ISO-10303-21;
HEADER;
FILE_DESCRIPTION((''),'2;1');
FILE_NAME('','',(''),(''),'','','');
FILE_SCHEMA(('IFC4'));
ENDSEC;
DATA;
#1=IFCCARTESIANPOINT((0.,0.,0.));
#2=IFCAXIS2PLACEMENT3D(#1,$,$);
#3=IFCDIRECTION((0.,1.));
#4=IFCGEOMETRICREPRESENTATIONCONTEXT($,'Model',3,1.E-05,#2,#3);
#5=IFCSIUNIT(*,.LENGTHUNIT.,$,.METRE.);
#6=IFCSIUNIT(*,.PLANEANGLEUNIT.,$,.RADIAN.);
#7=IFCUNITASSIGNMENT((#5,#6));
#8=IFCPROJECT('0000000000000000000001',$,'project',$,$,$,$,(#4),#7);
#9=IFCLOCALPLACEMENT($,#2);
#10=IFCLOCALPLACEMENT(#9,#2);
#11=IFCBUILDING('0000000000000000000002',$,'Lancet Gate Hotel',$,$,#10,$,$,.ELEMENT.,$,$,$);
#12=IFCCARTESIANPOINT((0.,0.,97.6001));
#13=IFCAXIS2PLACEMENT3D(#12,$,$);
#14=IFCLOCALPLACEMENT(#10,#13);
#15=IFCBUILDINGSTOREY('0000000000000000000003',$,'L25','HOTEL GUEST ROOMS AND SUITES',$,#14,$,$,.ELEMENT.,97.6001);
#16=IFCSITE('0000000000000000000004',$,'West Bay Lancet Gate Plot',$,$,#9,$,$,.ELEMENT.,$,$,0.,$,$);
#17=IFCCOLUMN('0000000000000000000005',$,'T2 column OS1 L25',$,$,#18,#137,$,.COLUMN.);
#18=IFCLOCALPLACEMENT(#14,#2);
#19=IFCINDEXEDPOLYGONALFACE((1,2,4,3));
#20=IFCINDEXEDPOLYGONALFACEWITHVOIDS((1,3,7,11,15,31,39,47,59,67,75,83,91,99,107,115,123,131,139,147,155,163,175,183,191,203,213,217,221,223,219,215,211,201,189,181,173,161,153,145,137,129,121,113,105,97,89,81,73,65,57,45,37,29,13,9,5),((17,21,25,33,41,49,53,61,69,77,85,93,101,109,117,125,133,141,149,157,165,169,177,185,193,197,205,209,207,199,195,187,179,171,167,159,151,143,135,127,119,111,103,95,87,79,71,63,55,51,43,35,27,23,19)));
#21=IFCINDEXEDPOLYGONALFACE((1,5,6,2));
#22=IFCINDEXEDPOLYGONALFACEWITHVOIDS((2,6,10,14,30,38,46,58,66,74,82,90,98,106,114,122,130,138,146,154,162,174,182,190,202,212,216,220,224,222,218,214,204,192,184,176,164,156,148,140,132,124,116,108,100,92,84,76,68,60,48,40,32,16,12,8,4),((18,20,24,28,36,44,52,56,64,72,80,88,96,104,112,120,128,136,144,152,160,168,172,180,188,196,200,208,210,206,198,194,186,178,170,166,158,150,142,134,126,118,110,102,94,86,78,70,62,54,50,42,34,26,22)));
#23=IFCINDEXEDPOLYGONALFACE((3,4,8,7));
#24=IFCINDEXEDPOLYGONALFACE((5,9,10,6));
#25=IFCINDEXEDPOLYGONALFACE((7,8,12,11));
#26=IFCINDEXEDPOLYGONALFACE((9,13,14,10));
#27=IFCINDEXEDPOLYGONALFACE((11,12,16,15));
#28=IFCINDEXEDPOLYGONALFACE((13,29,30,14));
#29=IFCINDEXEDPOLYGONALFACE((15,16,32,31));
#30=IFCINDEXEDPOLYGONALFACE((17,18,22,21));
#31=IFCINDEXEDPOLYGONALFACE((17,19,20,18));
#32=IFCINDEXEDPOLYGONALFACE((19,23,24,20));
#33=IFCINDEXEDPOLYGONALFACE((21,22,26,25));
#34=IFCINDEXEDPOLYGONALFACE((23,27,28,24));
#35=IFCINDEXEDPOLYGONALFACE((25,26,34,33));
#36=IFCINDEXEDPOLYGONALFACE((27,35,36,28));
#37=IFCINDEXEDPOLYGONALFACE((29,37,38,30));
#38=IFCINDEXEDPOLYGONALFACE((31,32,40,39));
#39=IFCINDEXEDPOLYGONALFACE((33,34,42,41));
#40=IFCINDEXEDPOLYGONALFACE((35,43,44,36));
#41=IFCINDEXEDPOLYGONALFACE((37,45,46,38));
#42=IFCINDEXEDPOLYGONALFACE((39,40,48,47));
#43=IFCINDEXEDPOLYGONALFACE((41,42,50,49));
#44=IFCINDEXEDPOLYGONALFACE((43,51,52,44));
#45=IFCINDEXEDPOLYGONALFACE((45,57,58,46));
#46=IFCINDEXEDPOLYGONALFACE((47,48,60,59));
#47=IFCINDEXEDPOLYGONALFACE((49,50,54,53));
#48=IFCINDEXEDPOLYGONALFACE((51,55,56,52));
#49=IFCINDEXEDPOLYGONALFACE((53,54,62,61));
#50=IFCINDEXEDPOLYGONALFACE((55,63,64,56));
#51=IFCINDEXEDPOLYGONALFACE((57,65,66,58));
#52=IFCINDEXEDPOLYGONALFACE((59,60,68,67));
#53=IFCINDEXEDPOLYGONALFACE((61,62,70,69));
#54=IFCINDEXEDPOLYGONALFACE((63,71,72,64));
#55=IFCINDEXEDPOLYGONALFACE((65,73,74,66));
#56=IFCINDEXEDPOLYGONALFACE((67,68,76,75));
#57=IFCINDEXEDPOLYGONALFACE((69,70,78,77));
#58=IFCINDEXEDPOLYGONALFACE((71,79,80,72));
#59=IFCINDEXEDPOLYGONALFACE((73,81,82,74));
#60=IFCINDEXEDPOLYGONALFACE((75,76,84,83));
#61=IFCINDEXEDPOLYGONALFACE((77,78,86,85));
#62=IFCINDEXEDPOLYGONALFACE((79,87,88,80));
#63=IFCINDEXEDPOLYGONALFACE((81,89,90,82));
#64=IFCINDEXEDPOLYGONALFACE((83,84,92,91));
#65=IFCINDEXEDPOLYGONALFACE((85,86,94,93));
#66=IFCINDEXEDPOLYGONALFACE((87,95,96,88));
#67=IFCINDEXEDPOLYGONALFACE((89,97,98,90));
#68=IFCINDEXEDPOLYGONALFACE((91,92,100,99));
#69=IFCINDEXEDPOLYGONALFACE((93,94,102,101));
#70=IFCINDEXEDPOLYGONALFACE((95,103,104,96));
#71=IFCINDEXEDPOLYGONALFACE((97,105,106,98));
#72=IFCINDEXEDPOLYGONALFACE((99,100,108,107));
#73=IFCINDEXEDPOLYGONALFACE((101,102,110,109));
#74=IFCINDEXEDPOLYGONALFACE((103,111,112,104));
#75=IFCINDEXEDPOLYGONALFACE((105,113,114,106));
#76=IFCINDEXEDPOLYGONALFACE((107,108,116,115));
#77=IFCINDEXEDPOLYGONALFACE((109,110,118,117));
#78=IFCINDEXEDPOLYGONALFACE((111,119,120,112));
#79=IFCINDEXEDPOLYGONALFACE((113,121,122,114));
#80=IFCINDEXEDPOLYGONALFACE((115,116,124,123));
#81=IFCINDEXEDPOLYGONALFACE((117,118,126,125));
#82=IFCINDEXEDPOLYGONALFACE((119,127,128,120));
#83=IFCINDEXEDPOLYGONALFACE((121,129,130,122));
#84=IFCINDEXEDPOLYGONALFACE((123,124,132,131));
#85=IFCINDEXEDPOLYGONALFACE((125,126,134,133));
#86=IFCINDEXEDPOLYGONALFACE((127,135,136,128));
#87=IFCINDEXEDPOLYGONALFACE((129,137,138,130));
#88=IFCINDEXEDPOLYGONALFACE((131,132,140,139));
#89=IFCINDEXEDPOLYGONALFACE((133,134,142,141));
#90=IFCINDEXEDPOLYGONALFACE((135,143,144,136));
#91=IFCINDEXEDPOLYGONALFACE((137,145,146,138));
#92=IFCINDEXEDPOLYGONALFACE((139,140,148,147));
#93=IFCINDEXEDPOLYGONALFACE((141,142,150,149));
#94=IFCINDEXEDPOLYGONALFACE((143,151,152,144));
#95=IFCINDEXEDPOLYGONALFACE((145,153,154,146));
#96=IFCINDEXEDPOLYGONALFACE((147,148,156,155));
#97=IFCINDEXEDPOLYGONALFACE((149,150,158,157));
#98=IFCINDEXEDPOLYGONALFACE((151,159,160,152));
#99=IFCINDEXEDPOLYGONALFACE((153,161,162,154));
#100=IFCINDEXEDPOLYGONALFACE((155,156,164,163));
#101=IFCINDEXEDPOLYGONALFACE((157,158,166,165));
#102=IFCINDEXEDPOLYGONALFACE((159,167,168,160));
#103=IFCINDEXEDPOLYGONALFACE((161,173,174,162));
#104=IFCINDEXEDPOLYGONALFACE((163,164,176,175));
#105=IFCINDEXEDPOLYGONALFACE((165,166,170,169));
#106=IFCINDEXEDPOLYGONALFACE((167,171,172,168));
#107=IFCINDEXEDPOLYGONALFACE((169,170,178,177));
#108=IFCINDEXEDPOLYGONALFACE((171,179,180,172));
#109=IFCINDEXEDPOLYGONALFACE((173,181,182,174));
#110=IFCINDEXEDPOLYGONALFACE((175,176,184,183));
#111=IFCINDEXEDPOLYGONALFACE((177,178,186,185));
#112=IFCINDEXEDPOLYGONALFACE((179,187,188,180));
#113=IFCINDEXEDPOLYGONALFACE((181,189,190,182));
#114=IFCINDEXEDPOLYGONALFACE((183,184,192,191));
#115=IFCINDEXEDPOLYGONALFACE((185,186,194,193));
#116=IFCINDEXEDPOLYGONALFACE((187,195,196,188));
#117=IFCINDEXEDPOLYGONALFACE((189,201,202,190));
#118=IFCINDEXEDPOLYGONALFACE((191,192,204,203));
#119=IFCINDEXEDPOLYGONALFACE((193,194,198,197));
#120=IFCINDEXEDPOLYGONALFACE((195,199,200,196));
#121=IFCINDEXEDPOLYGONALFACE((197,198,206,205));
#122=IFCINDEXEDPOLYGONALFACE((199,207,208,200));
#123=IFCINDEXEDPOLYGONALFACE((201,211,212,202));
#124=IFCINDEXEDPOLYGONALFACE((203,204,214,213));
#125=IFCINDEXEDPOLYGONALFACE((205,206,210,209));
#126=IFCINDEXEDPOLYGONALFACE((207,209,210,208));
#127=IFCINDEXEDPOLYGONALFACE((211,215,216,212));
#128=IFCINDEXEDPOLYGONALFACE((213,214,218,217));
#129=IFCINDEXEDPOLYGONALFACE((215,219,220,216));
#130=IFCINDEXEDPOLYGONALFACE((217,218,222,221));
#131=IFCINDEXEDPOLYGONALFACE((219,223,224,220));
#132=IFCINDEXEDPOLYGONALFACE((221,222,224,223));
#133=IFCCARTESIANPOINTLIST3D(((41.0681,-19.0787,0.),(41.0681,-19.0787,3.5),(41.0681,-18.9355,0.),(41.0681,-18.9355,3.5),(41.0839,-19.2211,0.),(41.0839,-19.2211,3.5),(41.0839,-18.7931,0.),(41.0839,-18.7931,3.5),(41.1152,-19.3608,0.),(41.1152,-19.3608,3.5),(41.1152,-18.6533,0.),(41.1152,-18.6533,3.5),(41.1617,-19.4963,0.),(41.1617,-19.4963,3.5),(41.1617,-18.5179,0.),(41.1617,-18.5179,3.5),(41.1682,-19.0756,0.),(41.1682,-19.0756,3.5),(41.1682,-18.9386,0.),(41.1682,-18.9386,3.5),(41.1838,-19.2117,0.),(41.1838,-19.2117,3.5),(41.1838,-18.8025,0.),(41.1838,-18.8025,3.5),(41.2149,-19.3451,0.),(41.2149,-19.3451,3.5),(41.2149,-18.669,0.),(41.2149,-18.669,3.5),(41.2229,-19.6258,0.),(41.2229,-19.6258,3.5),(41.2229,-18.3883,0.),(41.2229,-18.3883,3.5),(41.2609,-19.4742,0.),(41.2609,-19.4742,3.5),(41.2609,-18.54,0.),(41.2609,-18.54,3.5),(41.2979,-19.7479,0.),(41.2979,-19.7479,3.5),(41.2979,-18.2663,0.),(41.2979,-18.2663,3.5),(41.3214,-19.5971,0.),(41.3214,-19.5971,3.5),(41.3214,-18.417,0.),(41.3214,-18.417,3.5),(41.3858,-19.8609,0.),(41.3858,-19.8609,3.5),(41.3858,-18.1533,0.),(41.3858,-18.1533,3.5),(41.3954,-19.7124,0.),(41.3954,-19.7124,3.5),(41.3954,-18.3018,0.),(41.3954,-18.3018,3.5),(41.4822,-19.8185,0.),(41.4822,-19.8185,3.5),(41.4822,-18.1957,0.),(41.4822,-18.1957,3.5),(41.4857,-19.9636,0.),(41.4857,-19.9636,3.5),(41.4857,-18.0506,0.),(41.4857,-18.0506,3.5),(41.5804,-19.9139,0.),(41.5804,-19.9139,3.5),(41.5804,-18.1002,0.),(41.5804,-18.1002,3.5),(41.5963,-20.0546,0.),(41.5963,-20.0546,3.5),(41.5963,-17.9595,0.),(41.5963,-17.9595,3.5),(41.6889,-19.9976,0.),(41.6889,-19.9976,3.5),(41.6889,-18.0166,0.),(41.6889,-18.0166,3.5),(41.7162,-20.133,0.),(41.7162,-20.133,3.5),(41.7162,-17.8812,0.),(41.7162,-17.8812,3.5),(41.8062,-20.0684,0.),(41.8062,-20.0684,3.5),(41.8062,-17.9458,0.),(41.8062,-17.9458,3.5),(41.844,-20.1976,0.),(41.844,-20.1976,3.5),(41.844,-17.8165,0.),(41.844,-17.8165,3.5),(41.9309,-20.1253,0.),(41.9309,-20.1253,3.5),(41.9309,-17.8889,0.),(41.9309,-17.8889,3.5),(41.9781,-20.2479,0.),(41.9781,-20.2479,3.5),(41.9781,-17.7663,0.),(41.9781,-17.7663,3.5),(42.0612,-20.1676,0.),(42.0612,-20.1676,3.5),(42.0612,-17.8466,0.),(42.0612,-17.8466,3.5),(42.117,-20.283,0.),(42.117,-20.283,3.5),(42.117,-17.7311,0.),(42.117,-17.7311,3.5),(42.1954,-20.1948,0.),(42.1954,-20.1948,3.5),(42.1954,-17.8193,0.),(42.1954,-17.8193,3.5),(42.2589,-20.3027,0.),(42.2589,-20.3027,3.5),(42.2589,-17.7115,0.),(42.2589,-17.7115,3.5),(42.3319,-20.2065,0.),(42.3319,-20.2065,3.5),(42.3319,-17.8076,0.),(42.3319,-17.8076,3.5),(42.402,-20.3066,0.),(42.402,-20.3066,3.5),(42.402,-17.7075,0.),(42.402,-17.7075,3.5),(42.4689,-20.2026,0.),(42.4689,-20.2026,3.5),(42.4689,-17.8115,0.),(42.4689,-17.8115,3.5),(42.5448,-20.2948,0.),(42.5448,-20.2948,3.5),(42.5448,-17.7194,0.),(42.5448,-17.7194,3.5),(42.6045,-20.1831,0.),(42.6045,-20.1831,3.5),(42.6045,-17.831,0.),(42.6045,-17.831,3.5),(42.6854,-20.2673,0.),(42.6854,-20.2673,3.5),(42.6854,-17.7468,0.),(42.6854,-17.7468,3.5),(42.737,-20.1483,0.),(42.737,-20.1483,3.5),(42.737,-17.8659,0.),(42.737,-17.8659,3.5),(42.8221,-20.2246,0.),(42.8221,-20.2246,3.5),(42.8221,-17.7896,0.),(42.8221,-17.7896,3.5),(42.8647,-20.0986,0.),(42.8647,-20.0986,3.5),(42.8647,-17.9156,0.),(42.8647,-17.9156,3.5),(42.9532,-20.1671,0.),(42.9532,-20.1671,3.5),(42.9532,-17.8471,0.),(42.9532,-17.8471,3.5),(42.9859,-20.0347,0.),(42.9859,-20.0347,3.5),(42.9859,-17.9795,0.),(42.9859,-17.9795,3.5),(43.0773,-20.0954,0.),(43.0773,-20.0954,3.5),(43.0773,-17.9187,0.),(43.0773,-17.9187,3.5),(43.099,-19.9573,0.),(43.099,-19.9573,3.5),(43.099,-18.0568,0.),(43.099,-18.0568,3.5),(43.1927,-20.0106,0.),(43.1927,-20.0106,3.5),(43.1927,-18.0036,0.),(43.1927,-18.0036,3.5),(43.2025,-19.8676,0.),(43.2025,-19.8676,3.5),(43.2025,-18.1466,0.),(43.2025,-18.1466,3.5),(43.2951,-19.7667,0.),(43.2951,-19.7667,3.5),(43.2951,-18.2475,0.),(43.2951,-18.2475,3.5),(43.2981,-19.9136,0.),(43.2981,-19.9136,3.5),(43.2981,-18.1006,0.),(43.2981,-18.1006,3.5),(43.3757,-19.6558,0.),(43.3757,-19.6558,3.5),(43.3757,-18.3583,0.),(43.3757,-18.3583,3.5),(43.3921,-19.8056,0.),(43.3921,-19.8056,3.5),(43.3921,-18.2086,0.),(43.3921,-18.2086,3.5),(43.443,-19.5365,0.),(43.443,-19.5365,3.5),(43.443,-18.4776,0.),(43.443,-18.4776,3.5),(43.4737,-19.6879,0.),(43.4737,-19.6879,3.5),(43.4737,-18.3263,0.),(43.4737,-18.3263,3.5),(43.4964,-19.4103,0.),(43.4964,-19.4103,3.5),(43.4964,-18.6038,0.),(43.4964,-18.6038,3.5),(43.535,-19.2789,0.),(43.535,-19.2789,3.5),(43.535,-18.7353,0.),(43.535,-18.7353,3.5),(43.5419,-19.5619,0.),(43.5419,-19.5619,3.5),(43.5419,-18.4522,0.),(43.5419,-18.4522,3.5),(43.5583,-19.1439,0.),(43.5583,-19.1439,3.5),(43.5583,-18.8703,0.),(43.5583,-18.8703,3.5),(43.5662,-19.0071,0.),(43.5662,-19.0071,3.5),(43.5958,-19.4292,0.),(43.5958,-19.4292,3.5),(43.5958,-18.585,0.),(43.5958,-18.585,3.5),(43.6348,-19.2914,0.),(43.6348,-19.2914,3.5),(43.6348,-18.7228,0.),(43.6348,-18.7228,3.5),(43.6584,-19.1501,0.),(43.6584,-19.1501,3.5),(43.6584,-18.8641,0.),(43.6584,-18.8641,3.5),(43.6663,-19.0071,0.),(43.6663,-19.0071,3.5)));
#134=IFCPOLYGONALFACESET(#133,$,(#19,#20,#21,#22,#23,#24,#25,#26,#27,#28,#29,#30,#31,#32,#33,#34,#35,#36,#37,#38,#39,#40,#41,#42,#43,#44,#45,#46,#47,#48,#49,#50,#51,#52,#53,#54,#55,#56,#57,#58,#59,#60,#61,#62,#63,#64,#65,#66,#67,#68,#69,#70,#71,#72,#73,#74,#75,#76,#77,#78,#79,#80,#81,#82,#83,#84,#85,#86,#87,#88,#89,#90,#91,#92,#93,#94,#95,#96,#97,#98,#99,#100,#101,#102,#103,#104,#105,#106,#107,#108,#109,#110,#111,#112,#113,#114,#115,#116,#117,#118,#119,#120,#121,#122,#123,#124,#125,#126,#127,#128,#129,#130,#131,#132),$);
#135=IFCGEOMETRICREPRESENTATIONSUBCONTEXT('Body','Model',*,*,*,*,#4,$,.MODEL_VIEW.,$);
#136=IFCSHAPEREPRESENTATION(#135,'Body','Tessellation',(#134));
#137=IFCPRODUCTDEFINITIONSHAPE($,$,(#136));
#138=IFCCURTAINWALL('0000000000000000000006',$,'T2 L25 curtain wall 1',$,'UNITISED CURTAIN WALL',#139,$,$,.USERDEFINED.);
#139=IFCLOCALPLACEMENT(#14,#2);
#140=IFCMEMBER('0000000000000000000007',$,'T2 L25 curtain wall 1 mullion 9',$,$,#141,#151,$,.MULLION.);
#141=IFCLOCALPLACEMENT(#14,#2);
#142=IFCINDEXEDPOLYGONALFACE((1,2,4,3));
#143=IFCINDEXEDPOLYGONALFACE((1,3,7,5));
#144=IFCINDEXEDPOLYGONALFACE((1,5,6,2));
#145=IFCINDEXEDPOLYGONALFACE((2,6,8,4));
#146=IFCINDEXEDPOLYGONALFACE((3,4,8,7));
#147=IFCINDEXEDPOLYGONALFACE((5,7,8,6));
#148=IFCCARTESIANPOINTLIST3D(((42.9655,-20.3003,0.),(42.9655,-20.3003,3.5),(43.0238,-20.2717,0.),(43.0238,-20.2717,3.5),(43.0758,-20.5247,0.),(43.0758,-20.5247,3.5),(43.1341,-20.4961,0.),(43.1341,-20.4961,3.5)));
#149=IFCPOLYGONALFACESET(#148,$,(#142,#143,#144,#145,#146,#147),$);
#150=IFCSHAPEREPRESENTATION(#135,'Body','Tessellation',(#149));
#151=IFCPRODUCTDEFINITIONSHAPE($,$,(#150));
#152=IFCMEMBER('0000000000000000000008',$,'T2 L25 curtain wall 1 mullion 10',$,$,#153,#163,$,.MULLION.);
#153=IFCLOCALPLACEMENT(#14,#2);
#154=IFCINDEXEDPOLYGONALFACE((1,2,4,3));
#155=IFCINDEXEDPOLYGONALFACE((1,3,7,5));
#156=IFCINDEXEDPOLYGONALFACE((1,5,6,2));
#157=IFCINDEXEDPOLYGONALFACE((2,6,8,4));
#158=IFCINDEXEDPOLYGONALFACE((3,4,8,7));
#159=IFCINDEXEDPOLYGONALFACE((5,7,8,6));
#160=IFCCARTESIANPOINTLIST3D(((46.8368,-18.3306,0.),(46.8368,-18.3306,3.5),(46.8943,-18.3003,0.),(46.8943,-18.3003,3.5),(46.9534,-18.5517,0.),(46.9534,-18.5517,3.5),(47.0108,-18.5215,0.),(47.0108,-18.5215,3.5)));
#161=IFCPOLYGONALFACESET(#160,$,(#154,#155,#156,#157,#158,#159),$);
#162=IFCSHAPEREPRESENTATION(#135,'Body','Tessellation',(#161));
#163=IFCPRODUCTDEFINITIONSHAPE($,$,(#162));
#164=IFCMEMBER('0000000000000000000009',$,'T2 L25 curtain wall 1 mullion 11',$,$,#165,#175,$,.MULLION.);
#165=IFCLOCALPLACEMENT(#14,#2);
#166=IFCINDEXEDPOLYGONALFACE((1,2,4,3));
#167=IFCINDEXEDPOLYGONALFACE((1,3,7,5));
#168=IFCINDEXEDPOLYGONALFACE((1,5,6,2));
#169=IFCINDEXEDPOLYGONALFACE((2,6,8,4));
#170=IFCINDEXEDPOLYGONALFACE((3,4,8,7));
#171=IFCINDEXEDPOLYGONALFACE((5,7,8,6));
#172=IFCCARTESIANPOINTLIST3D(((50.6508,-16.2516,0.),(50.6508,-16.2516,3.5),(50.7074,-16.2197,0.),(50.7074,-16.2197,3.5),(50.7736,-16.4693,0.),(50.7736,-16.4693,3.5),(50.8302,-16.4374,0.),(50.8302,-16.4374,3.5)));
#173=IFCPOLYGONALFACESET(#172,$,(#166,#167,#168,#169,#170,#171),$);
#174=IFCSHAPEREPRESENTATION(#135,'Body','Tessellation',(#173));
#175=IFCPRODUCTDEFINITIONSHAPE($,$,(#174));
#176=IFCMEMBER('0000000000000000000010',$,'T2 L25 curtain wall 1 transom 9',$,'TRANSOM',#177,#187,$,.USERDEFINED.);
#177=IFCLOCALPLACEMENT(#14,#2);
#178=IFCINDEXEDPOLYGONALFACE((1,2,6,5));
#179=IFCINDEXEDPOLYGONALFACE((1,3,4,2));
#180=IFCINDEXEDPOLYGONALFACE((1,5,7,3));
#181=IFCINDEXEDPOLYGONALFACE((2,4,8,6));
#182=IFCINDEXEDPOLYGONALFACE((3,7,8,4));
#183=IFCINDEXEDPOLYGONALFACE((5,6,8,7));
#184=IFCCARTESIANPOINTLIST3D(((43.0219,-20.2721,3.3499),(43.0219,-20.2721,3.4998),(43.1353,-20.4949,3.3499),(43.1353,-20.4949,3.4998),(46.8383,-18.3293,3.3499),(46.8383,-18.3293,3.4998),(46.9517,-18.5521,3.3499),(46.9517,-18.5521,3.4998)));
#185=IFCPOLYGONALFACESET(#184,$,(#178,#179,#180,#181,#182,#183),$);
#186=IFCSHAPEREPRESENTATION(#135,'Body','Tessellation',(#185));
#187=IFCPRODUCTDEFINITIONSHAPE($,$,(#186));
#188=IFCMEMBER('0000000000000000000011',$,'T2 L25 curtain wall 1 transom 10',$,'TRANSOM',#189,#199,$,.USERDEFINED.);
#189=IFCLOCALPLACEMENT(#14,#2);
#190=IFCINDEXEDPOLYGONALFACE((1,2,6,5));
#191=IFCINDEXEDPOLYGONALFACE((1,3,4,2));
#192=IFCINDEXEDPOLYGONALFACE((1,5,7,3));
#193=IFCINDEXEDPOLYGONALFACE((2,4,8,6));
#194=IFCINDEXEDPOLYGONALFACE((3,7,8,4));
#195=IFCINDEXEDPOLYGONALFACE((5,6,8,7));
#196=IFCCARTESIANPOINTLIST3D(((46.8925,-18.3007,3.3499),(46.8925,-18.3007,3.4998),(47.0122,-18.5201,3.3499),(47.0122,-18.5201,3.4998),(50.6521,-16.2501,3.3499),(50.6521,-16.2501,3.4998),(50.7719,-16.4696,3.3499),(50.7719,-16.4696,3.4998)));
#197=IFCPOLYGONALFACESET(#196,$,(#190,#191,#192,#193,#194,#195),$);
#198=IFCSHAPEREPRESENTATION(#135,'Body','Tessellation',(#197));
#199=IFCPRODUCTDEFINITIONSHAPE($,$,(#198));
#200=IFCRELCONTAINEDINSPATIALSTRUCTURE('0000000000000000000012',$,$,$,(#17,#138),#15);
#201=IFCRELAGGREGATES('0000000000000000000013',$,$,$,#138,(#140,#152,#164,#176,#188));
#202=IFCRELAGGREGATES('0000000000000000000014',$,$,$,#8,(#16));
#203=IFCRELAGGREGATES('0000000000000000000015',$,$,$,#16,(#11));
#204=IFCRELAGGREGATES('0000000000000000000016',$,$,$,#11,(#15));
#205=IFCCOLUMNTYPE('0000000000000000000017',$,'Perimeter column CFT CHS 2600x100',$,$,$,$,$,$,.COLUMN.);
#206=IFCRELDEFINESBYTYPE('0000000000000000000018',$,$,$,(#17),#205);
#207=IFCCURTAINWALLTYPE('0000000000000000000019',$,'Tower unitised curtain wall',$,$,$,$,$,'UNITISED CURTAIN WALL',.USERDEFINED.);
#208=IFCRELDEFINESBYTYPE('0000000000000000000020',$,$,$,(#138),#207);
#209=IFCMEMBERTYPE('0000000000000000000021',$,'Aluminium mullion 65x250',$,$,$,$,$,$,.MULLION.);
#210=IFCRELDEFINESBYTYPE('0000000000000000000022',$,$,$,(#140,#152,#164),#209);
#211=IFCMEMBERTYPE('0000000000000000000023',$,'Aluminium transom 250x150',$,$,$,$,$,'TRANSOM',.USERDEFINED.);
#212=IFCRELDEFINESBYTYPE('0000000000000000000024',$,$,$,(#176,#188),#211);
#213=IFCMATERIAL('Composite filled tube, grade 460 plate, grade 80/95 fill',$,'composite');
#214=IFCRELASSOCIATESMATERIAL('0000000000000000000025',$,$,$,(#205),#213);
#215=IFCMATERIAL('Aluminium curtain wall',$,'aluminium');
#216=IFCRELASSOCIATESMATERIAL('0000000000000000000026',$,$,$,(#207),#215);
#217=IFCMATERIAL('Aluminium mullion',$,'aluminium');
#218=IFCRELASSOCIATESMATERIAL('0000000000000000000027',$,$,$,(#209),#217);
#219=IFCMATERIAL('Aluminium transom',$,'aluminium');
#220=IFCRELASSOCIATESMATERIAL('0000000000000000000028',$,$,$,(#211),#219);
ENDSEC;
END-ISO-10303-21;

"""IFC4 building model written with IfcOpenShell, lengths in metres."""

from ifc_helpers import new_model, si_unit, direction, frame, origin, origin_2d, place, context, subcontext, project, spatial, rectangle, hollow_circle, extrude, material, material_profile, profile_set, type_object, element, aggregate, save


model = new_model("IFC4")

# Units and contexts
model_context = context("Model", 3, precision=1e-05, world=origin(), true_north=direction((0.0, 1.0)))
body_context = subcontext(model_context, "Body", "Model", "MODEL_VIEW")
ifc_project = project(units=[si_unit("LENGTHUNIT", "METRE"), si_unit("PLANEANGLEUNIT", "RADIAN")], contexts=[model_context])

# Site, building, storey
site_placement = place(None, origin())
site = spatial("IfcSite", under=ifc_project, at=site_placement, Name="West Bay Lancet Gate Plot", CompositionType="ELEMENT", RefElevation=0.0)
building_placement = place(site_placement, origin())
building = spatial("IfcBuilding", under=site, at=building_placement, Name="Lancet Gate Hotel", CompositionType="ELEMENT")
storey_placement = place(building_placement, frame((0.0, 0.0, 97.6001)))
storey = spatial("IfcBuildingStorey", under=building, at=storey_placement, Name="L25", Description="HOTEL GUEST ROOMS AND SUITES", CompositionType="ELEMENT", Elevation=97.6001)

# Column
ifc_material_1 = material(Name="Composite filled tube, grade 460 plate, grade 80/95 fill", Category="composite")
ifc_material_profile_1 = material_profile(ifc_material_1, hollow_circle(Radius=1.3, WallThickness=0.1001, at=origin_2d()), Name="CHS 2600x100")
ifc_profile_set_1 = profile_set([ifc_material_profile_1], Name="Composite filled tube, grade 460 plate, grade 80/95 fill")
column_type = type_object("IfcColumnType", Name="Perimeter column CFT CHS 2600x100", PredefinedType="COLUMN", material=ifc_profile_set_1)
column_placement = place(storey_placement, frame((42.3662, -19.0071, 0.0), z_axis=(0.0, 0.0, 1.0), x_axis=(1.0, 0.0, 0.0)))
element("IfcColumn", 1, at=column_placement, inside=storey, type_object=column_type, Name="T2 column OS1 L25", PredefinedType="COLUMN", context=body_context, shape_type="SweptSolid", body=[
    extrude(hollow_circle(Radius=1.3, WallThickness=0.1001, at=origin_2d()), origin(), (0.0, 0.0, 1.0), 3.5),
])

# Curtain wall, members
ifc_material_2 = material(Name="Aluminium curtain wall", Category="aluminium")
curtain_wall_type = type_object("IfcCurtainWallType", Name="Tower unitised curtain wall", ElementType="UNITISED CURTAIN WALL", PredefinedType="USERDEFINED", material=ifc_material_2)
curtain_wall_placement = place(storey_placement, origin())
curtain_wall = element("IfcCurtainWall", 2, at=curtain_wall_placement, inside=storey, type_object=curtain_wall_type, Name="T2 L25 curtain wall 1", ObjectType="UNITISED CURTAIN WALL", PredefinedType="USERDEFINED")
ifc_material_3 = material(Name="Aluminium mullion", Category="aluminium")
ifc_material_profile_2 = material_profile(ifc_material_3, rectangle(XDim=0.0649, YDim=0.25, at=origin_2d()), Name="MULLION 65x250")
ifc_profile_set_2 = profile_set([ifc_material_profile_2], Name="Aluminium mullion")
member_type_1 = type_object("IfcMemberType", Name="Aluminium mullion 65x250", PredefinedType="MULLION", material=ifc_profile_set_2)
member_1_placement = place(storey_placement, frame((43.0498, -20.3982, 0.0), z_axis=(0.0, 0.0, 1.0), x_axis=(0.897512, 0.44099, 0.0)))
member_1 = element("IfcMember", 3, at=member_1_placement, type_object=member_type_1, Name="T2 L25 curtain wall 1 mullion 9", PredefinedType="MULLION", context=body_context, shape_type="SweptSolid", body=[
    extrude(rectangle(XDim=0.0649, YDim=0.25, at=origin_2d()), origin(), (0.0, 0.0, 1.0), 3.5),
])
member_2_placement = place(storey_placement, frame((46.9238, -18.426, 0.0), z_axis=(0.0, 0.0, 1.0), x_axis=(0.884627, 0.466299, 0.0)))
member_2 = element("IfcMember", 4, at=member_2_placement, type_object=member_type_1, Name="T2 L25 curtain wall 1 mullion 10", PredefinedType="MULLION", context=body_context, shape_type="SweptSolid", body=[
    extrude(rectangle(XDim=0.0649, YDim=0.25, at=origin_2d()), origin(), (0.0, 0.0, 1.0), 3.5),
])
member_3_placement = place(storey_placement, frame((50.7405, -16.3445, 0.0), z_axis=(0.0, 0.0, 1.0), x_axis=(0.871029, 0.491232, 0.0)))
member_3 = element("IfcMember", 5, at=member_3_placement, type_object=member_type_1, Name="T2 L25 curtain wall 1 mullion 11", PredefinedType="MULLION", context=body_context, shape_type="SweptSolid", body=[
    extrude(rectangle(XDim=0.0649, YDim=0.25, at=origin_2d()), origin(), (0.0, 0.0, 1.0), 3.5),
])
ifc_material_4 = material(Name="Aluminium transom", Category="aluminium")
ifc_material_profile_3 = material_profile(ifc_material_4, rectangle(XDim=0.25, YDim=0.1499, at=origin_2d()), Name="TRANSOM 250x150")
ifc_profile_set_3 = profile_set([ifc_material_profile_3], Name="Aluminium transom")
member_type_2 = type_object("IfcMemberType", Name="Aluminium transom 250x150", ElementType="TRANSOM", PredefinedType="USERDEFINED", material=ifc_profile_set_3)
member_4_placement = place(storey_placement, frame((43.0786, -20.3835, 3.4248), z_axis=(0.891166, 0.453678, 0.0), x_axis=(-0.453678, 0.891166, 0.0)))
member_4 = element("IfcMember", 6, at=member_4_placement, type_object=member_type_2, Name="T2 L25 curtain wall 1 transom 9", ObjectType="TRANSOM", PredefinedType="USERDEFINED", context=body_context, shape_type="SweptSolid", body=[
    extrude(rectangle(XDim=0.25, YDim=0.1499, at=origin_2d()), origin(), (0.0, 0.0, 1.0), 4.2825),
])
member_5_placement = place(storey_placement, frame((46.9524, -18.4104, 3.4248), z_axis=(0.877906, 0.478832, 0.0), x_axis=(-0.478832, 0.877906, 0.0)))
member_5 = element("IfcMember", 7, at=member_5_placement, type_object=member_type_2, Name="T2 L25 curtain wall 1 transom 10", ObjectType="TRANSOM", PredefinedType="USERDEFINED", context=body_context, shape_type="SweptSolid", body=[
    extrude(rectangle(XDim=0.25, YDim=0.1499, at=origin_2d()), origin(), (0.0, 0.0, 1.0), 4.2825),
])

aggregate(curtain_wall, [member_1, member_2, member_3, member_4, member_5])

save(model, "model.ifc")
